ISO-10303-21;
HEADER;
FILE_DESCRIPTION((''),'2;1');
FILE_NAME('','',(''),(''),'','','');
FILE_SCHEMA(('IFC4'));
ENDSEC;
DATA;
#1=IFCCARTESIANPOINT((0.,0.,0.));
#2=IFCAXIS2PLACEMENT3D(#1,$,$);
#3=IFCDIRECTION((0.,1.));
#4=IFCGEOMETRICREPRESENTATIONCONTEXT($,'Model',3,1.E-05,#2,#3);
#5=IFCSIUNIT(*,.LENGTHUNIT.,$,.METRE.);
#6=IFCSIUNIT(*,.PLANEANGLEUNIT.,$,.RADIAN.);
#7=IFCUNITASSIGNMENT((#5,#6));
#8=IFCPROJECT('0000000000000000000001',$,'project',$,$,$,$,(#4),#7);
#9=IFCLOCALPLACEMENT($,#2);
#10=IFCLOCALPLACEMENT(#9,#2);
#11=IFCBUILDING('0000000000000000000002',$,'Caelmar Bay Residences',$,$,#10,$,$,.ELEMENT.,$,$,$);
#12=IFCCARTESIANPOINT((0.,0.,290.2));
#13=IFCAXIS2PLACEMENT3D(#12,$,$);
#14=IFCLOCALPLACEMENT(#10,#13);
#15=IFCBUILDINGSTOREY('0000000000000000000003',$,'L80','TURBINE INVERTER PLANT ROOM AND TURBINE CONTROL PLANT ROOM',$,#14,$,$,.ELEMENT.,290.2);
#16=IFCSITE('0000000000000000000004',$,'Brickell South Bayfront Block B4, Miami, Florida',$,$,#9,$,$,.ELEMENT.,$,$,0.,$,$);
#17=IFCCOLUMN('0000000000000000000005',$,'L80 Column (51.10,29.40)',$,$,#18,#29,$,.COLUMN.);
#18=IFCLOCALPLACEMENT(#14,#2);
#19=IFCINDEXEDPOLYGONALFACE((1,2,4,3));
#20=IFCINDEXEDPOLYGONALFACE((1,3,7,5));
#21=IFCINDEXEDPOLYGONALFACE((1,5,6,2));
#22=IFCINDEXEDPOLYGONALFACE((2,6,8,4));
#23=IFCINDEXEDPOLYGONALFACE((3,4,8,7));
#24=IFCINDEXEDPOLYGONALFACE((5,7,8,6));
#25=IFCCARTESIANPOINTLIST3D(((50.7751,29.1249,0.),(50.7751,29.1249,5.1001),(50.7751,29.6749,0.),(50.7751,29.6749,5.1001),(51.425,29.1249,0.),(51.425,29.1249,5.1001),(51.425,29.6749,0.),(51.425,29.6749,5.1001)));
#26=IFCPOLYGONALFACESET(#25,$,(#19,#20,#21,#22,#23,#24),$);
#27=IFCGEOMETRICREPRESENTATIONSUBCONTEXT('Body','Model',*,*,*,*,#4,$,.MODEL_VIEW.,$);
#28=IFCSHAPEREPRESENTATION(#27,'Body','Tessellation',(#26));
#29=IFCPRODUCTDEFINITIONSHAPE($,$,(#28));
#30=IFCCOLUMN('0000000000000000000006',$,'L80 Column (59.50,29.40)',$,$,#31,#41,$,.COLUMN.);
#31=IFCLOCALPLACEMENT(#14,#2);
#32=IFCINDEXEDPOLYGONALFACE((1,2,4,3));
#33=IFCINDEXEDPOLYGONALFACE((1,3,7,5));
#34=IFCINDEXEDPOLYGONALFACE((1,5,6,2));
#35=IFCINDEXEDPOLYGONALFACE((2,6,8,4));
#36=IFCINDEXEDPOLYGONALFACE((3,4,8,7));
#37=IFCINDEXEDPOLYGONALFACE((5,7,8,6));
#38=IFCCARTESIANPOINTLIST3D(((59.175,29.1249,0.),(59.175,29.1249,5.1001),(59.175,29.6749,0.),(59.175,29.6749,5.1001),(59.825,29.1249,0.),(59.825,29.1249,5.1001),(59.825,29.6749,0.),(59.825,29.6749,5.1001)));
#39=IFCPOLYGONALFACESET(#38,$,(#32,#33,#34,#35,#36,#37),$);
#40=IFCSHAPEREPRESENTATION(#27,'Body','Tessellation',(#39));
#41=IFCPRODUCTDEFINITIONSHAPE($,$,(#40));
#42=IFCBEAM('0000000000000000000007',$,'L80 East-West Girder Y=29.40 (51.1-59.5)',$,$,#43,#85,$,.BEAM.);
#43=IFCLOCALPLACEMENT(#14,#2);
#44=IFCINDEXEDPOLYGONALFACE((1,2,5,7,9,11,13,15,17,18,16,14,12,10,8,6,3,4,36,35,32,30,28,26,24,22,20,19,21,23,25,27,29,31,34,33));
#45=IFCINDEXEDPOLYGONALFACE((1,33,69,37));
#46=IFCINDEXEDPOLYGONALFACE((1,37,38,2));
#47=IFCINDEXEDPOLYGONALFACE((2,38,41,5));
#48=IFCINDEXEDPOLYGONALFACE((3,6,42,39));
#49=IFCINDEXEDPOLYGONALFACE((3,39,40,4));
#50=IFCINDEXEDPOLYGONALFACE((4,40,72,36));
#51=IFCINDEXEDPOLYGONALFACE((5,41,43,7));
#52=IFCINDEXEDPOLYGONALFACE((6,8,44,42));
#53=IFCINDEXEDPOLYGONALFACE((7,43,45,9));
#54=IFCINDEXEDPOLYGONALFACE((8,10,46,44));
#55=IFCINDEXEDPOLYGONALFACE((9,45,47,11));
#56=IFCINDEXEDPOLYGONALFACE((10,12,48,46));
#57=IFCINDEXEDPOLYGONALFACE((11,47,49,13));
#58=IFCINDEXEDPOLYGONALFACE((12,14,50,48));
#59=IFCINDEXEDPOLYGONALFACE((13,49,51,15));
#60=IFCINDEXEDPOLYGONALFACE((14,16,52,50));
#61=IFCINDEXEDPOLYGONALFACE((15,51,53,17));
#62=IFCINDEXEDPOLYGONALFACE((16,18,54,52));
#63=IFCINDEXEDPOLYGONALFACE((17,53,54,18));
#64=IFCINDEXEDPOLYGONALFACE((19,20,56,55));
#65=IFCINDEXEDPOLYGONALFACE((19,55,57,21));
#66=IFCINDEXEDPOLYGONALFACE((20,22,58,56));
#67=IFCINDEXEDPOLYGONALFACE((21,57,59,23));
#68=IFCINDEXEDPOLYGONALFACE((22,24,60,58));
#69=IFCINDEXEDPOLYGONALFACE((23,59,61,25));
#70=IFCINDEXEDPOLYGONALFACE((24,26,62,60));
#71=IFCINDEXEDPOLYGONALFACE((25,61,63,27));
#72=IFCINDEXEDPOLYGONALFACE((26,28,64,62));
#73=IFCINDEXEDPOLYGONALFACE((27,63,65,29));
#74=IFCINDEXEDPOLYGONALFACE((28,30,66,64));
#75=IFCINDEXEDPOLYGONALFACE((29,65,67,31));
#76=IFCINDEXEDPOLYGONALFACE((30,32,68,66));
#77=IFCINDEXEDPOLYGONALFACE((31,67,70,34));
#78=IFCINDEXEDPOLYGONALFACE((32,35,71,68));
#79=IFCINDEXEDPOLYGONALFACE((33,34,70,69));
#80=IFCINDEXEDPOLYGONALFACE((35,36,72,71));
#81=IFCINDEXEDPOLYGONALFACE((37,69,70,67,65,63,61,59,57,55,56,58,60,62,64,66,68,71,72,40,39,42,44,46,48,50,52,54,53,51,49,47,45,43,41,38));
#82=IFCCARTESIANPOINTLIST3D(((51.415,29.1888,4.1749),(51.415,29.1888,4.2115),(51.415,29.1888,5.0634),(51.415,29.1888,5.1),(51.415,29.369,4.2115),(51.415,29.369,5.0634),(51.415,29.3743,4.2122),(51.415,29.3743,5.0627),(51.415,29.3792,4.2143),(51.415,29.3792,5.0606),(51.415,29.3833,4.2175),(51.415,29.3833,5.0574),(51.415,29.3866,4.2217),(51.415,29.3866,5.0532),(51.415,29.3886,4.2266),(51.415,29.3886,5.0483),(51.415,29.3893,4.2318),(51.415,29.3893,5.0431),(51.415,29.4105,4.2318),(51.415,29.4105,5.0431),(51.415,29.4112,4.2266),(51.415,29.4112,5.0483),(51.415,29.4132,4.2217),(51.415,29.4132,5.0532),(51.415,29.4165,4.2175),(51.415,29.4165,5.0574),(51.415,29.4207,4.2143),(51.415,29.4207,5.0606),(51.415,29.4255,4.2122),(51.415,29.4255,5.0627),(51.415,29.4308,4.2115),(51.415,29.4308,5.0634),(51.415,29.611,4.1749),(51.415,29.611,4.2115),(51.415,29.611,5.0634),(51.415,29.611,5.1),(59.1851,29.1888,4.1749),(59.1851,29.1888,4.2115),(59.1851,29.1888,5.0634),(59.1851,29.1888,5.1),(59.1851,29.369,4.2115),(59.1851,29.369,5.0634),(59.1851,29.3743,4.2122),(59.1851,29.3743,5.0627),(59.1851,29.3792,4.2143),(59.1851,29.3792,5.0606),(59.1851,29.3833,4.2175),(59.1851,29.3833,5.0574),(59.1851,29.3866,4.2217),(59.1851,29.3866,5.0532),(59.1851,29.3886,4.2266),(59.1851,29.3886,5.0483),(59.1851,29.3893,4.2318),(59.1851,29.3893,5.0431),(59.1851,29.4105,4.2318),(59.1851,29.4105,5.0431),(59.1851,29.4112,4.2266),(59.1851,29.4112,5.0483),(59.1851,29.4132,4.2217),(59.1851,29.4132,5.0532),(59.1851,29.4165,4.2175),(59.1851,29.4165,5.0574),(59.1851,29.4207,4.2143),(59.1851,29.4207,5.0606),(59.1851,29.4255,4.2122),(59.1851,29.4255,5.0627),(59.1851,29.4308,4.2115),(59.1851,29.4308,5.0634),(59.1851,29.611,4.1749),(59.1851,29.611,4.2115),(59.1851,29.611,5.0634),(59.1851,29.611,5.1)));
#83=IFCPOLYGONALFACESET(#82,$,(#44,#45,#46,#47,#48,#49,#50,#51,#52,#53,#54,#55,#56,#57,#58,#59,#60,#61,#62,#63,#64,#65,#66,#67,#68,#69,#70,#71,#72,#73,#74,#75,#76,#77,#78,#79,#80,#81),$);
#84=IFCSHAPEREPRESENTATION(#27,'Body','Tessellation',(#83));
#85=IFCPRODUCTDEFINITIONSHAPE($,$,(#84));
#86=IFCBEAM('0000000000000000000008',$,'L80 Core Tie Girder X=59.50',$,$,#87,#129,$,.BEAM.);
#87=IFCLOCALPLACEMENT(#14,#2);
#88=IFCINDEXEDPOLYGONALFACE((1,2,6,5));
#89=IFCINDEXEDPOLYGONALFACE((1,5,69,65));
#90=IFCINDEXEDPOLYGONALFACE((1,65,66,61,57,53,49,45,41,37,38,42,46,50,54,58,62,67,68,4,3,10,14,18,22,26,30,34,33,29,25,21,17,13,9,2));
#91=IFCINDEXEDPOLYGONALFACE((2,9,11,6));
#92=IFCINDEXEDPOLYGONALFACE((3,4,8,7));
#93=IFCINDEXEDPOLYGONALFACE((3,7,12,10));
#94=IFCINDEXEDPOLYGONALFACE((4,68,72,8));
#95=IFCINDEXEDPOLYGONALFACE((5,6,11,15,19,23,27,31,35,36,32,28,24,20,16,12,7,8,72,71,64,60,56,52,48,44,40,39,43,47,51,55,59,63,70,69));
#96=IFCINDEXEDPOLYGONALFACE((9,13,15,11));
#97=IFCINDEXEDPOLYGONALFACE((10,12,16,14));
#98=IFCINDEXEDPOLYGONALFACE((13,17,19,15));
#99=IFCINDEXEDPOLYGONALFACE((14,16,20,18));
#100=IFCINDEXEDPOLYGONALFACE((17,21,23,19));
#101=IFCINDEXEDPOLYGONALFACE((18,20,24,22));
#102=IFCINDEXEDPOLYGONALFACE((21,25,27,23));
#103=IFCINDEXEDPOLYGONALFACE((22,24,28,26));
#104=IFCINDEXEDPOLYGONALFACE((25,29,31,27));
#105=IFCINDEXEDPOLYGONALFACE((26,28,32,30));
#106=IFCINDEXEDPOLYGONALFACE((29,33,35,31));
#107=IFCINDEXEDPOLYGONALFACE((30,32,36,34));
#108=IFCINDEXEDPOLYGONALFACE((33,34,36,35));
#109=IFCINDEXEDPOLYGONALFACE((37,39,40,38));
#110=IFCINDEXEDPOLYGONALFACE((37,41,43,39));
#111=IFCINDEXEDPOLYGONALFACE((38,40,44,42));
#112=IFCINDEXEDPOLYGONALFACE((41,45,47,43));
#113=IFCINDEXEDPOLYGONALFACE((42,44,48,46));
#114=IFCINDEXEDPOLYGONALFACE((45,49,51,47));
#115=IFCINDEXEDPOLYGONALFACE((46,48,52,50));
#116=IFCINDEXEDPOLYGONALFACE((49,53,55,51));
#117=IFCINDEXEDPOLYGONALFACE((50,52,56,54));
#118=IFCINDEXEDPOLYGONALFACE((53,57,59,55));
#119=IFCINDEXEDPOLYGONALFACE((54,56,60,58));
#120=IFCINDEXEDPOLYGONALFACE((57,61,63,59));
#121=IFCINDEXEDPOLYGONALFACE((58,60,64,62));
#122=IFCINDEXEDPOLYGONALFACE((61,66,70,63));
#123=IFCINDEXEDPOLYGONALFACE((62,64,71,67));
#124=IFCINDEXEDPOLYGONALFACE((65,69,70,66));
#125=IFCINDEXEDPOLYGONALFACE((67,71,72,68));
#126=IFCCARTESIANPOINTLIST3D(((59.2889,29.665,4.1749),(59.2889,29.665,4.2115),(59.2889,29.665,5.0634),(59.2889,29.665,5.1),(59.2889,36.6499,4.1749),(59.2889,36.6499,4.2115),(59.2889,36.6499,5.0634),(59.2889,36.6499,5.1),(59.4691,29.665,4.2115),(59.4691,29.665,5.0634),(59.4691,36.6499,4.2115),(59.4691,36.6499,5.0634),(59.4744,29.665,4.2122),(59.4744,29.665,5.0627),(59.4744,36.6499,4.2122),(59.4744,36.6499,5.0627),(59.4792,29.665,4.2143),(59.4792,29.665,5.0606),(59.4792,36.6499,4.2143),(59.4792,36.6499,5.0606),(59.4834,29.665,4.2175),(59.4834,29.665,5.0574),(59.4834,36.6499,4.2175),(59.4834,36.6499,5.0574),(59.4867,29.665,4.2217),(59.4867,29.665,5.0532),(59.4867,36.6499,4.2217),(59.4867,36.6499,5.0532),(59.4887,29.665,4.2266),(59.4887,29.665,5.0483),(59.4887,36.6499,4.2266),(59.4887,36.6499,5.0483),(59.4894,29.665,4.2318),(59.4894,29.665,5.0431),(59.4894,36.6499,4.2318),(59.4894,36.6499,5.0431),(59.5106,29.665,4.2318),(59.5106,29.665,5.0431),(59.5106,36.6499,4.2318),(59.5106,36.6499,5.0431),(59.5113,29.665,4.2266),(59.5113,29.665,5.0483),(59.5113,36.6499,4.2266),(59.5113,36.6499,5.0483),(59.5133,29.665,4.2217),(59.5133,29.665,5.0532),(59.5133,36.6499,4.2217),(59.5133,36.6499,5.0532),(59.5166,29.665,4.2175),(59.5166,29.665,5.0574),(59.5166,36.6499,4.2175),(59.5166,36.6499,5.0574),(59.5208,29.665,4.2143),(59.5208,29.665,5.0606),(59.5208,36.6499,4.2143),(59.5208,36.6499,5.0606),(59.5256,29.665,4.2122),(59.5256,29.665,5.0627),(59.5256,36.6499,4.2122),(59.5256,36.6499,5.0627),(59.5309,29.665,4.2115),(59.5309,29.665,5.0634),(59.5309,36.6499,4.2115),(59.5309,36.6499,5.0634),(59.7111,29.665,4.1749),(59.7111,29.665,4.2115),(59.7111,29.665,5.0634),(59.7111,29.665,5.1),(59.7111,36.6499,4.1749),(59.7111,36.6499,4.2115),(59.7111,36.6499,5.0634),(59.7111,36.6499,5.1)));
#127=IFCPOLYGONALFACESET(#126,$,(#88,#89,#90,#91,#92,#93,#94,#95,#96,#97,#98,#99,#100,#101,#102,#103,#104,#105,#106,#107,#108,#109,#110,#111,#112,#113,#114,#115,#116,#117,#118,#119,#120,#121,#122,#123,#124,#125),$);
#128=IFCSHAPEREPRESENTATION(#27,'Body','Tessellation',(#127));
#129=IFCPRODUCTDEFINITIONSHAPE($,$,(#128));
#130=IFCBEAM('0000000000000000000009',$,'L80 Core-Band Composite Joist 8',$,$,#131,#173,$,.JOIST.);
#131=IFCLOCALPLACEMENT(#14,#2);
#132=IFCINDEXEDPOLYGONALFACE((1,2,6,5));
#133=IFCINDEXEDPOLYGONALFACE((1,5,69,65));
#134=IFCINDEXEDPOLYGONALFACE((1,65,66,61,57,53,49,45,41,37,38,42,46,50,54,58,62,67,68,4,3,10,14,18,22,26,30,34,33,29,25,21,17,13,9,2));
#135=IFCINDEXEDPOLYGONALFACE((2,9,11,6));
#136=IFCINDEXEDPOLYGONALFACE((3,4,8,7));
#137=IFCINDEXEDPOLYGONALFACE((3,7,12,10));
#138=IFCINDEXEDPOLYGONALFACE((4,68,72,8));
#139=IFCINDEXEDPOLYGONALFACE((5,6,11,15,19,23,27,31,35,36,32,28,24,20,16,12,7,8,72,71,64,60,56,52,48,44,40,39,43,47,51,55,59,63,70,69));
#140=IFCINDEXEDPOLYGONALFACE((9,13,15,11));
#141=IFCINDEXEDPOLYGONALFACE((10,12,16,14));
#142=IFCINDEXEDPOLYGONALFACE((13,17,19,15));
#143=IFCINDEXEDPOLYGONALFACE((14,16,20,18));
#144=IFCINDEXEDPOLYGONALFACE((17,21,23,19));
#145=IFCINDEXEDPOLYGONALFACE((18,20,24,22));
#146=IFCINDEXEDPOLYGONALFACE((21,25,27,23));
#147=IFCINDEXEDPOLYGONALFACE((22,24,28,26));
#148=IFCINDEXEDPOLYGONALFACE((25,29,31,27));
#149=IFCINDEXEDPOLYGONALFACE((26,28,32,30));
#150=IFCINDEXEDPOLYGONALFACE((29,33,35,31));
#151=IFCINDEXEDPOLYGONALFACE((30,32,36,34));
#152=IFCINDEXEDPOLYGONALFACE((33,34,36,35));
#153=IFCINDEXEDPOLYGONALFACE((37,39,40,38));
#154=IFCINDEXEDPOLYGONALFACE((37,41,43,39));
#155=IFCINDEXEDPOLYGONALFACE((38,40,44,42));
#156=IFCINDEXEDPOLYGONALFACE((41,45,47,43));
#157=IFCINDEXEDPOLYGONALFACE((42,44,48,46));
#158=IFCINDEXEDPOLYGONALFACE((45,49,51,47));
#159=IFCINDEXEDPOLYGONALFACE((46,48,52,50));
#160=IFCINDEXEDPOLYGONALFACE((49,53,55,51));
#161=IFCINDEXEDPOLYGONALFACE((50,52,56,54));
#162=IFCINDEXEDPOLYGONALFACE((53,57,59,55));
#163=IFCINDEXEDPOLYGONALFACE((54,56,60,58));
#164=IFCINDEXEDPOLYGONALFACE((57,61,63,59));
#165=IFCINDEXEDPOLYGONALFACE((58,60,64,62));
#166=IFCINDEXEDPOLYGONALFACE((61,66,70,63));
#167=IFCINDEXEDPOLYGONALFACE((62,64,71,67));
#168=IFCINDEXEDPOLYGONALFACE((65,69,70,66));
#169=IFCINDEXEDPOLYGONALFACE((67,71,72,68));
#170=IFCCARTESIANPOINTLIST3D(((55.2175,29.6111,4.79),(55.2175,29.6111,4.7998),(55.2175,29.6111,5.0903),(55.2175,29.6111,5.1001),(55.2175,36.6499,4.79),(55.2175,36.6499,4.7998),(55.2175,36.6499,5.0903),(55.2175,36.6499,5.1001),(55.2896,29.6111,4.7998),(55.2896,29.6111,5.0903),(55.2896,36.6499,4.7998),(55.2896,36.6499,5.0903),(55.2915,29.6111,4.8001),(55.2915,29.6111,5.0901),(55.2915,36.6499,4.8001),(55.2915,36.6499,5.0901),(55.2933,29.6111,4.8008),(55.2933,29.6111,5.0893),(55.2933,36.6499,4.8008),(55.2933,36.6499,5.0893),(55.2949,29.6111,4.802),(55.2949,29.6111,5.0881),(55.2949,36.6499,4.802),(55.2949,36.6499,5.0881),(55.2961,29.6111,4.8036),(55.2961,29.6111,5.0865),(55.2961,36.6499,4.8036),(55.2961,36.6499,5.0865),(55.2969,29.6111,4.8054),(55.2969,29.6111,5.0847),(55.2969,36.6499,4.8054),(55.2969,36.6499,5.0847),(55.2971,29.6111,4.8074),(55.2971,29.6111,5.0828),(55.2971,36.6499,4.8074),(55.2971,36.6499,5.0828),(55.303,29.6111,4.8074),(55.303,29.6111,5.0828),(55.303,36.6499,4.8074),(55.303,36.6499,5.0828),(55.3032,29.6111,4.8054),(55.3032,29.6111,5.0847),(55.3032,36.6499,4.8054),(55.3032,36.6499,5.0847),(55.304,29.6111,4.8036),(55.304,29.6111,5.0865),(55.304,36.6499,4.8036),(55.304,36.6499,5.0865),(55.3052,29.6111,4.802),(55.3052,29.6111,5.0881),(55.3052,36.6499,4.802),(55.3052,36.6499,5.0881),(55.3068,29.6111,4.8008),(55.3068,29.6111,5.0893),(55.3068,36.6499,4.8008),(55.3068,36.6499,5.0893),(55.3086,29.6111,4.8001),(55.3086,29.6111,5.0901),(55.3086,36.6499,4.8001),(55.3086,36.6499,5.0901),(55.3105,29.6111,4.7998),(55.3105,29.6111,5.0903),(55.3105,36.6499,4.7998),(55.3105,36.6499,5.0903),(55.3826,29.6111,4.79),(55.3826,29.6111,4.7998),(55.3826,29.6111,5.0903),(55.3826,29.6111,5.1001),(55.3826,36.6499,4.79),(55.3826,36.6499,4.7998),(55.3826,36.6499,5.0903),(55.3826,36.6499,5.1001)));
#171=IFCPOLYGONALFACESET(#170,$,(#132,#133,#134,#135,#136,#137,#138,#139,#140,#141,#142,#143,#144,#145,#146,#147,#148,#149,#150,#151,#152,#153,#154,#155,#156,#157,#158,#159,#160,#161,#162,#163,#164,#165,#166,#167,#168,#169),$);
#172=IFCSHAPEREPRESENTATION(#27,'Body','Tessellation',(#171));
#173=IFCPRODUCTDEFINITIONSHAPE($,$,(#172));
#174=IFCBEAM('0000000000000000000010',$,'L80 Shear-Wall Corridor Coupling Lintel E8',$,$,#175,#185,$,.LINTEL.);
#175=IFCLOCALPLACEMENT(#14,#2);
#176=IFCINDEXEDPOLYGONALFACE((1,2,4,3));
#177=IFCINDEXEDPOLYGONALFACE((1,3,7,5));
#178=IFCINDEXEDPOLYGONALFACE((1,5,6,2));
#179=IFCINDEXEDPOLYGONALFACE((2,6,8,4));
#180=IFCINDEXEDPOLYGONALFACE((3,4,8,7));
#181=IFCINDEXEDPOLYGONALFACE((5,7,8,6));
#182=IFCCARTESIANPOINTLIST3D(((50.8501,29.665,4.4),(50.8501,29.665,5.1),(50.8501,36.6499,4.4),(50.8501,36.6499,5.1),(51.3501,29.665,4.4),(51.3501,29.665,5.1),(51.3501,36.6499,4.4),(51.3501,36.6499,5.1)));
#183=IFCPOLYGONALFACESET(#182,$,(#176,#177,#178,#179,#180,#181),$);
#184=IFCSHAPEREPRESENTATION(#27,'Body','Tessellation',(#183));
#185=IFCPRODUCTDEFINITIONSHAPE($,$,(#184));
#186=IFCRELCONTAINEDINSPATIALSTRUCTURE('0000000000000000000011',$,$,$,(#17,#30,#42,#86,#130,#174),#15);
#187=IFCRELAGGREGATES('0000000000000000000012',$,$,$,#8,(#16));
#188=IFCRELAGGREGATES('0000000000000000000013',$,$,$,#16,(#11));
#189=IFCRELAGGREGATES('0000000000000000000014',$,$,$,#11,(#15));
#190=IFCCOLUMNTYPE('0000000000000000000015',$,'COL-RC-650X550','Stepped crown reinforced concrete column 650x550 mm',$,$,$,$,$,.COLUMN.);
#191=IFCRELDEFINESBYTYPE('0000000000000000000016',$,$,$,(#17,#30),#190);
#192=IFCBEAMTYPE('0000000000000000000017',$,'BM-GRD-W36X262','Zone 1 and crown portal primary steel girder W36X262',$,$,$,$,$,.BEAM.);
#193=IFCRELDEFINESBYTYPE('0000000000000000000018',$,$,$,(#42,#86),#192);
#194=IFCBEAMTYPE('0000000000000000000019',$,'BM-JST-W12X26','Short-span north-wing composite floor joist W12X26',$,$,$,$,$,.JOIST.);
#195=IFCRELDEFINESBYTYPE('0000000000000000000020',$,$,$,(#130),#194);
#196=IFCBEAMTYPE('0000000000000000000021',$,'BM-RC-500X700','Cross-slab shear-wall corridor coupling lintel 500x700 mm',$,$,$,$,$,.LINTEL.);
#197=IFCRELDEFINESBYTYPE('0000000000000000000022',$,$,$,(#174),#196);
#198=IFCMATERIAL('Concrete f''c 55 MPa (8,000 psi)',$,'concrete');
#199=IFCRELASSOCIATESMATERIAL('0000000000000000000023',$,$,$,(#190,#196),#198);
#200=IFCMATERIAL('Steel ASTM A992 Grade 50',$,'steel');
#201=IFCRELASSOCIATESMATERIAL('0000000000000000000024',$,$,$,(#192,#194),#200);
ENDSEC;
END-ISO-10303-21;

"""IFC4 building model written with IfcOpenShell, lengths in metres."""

from ifc_helpers import new_model, si_unit, direction, frame, origin, origin_2d, place, context, subcontext, project, spatial, rectangle, i_section, extrude, material, material_profile, profile_set, type_object, element, save


model = new_model("IFC4")

# Units and contexts
model_context = context("Model", 3, precision=1e-05, world=origin(), true_north=direction((0.0, 1.0)))
body_context = subcontext(model_context, "Body", "Model", "MODEL_VIEW")
ifc_project = project(units=[si_unit("LENGTHUNIT", "METRE"), si_unit("PLANEANGLEUNIT", "RADIAN")], contexts=[model_context])

# Site, building, storey
site_placement = place(None, origin())
site = spatial("IfcSite", under=ifc_project, at=site_placement, Name="Brickell South Bayfront Block B4, Miami, Florida", CompositionType="ELEMENT", RefElevation=0.0)
building_placement = place(site_placement, origin())
building = spatial("IfcBuilding", under=site, at=building_placement, Name="Caelmar Bay Residences", CompositionType="ELEMENT")
storey_placement = place(building_placement, frame((0.0, 0.0, 290.2)))
storey = spatial("IfcBuildingStorey", under=building, at=storey_placement, Name="L80", Description="TURBINE INVERTER PLANT ROOM AND TURBINE CONTROL PLANT ROOM", CompositionType="ELEMENT", Elevation=290.2)

# Columns
ifc_material_1 = material(Name="Concrete f'c 55 MPa (8,000 psi)", Category="concrete")
ifc_material_profile_1 = material_profile(ifc_material_1, rectangle(XDim=0.6499, YDim=0.55, at=origin_2d()), Name="RC-COL-650X550")
ifc_profile_set_1 = profile_set([ifc_material_profile_1], Name="Concrete f'c 55 MPa (8,000 psi)")
column_type = type_object("IfcColumnType", Name="COL-RC-650X550", Description="Stepped crown reinforced concrete column 650x550 mm", PredefinedType="COLUMN", material=ifc_profile_set_1)
for number, where, z_axis, x_axis, name in (
    (1, (51.1001, 29.3999, 0.0), (0.0, 0.0, 1.0), (1.0, 0.0, 0.0), "L80 Column (51.10,29.40)"),
    (2, (59.5, 29.3999, 0.0), (0.0, 0.0, 1.0), (1.0, 0.0, 0.0), "L80 Column (59.50,29.40)"),
):
    element("IfcColumn", number, at=place(storey_placement, frame(where, z_axis=z_axis, x_axis=x_axis)), inside=storey, type_object=column_type, Name=name, PredefinedType="COLUMN", context=body_context, shape_type="SweptSolid", body=[
        extrude(rectangle(XDim=0.6499, YDim=0.55, at=origin_2d()), origin(), (0.0, 0.0, 1.0), 5.1001),
    ])

# Beams
ifc_material_2 = material(Name="Steel ASTM A992 Grade 50", Category="steel")
ifc_material_profile_2 = material_profile(ifc_material_2, i_section(OverallWidth=0.4221, OverallDepth=0.925, WebThickness=0.0212, FlangeThickness=0.0366, FilletRadius=0.0203, at=origin_2d()), Name="W36X262")
ifc_profile_set_2 = profile_set([ifc_material_profile_2], Name="Steel ASTM A992 Grade 50")
beam_type_1 = type_object("IfcBeamType", Name="BM-GRD-W36X262", Description="Zone 1 and crown portal primary steel girder W36X262", PredefinedType="BEAM", material=ifc_profile_set_2)
beam_1_placement = place(storey_placement, frame((51.415, 29.3999, 4.6375), z_axis=(1.0, 0.0, 0.0), x_axis=(0.0, 1.0, 0.0)))
element("IfcBeam", 3, at=beam_1_placement, inside=storey, type_object=beam_type_1, Name="L80 East-West Girder Y=29.40 (51.1-59.5)", PredefinedType="BEAM", context=body_context, shape_type="SweptSolid", body=[
    extrude(i_section(OverallWidth=0.4221, OverallDepth=0.925, WebThickness=0.0212, FlangeThickness=0.0366, FilletRadius=0.0203, at=origin_2d()), origin(), (0.0, 0.0, 1.0), 7.77),
])
beam_2_placement = place(storey_placement, frame((59.5, 29.665, 4.6375), z_axis=(0.0, 1.0, 0.0), x_axis=(-1.0, 0.0, 0.0)))
element("IfcBeam", 4, at=beam_2_placement, inside=storey, type_object=beam_type_1, Name="L80 Core Tie Girder X=59.50", PredefinedType="BEAM", context=body_context, shape_type="SweptSolid", body=[
    extrude(i_section(OverallWidth=0.4221, OverallDepth=0.925, WebThickness=0.0212, FlangeThickness=0.0366, FilletRadius=0.0203, at=origin_2d()), origin(), (0.0, 0.0, 1.0), 6.9849),
])
ifc_material_profile_3 = material_profile(ifc_material_2, i_section(OverallWidth=0.165, OverallDepth=0.3101, WebThickness=0.0059, FlangeThickness=0.0098, FilletRadius=0.0076, at=origin_2d()), Name="W12X26")
ifc_profile_set_3 = profile_set([ifc_material_profile_3], Name="Steel ASTM A992 Grade 50")
beam_type_2 = type_object("IfcBeamType", Name="BM-JST-W12X26", Description="Short-span north-wing composite floor joist W12X26", PredefinedType="JOIST", material=ifc_profile_set_3)
beam_3_placement = place(storey_placement, frame((55.3, 29.6111, 4.9451), z_axis=(0.0, 1.0, 0.0), x_axis=(-1.0, 0.0, 0.0)))
element("IfcBeam", 5, at=beam_3_placement, inside=storey, type_object=beam_type_2, Name="L80 Core-Band Composite Joist 8", PredefinedType="JOIST", context=body_context, shape_type="SweptSolid", body=[
    extrude(i_section(OverallWidth=0.165, OverallDepth=0.3101, WebThickness=0.0059, FlangeThickness=0.0098, FilletRadius=0.0076, at=origin_2d()), origin(), (0.0, 0.0, 1.0), 7.0388),
])
ifc_material_profile_4 = material_profile(ifc_material_1, rectangle(XDim=0.5, YDim=0.7, at=origin_2d()), Name="RC-BM-500X700")
ifc_profile_set_4 = profile_set([ifc_material_profile_4], Name="Concrete f'c 55 MPa (8,000 psi)")
beam_type_3 = type_object("IfcBeamType", Name="BM-RC-500X700", Description="Cross-slab shear-wall corridor coupling lintel 500x700 mm", PredefinedType="LINTEL", material=ifc_profile_set_4)
beam_4_placement = place(storey_placement, frame((51.1001, 29.665, 4.75), z_axis=(0.0, 1.0, 0.0), x_axis=(-1.0, 0.0, 0.0)))
element("IfcBeam", 6, at=beam_4_placement, inside=storey, type_object=beam_type_3, Name="L80 Shear-Wall Corridor Coupling Lintel E8", PredefinedType="LINTEL", context=body_context, shape_type="SweptSolid", body=[
    extrude(rectangle(XDim=0.5, YDim=0.7, at=origin_2d()), origin(), (0.0, 0.0, 1.0), 6.9849),
])

save(model, "model.ifc")
